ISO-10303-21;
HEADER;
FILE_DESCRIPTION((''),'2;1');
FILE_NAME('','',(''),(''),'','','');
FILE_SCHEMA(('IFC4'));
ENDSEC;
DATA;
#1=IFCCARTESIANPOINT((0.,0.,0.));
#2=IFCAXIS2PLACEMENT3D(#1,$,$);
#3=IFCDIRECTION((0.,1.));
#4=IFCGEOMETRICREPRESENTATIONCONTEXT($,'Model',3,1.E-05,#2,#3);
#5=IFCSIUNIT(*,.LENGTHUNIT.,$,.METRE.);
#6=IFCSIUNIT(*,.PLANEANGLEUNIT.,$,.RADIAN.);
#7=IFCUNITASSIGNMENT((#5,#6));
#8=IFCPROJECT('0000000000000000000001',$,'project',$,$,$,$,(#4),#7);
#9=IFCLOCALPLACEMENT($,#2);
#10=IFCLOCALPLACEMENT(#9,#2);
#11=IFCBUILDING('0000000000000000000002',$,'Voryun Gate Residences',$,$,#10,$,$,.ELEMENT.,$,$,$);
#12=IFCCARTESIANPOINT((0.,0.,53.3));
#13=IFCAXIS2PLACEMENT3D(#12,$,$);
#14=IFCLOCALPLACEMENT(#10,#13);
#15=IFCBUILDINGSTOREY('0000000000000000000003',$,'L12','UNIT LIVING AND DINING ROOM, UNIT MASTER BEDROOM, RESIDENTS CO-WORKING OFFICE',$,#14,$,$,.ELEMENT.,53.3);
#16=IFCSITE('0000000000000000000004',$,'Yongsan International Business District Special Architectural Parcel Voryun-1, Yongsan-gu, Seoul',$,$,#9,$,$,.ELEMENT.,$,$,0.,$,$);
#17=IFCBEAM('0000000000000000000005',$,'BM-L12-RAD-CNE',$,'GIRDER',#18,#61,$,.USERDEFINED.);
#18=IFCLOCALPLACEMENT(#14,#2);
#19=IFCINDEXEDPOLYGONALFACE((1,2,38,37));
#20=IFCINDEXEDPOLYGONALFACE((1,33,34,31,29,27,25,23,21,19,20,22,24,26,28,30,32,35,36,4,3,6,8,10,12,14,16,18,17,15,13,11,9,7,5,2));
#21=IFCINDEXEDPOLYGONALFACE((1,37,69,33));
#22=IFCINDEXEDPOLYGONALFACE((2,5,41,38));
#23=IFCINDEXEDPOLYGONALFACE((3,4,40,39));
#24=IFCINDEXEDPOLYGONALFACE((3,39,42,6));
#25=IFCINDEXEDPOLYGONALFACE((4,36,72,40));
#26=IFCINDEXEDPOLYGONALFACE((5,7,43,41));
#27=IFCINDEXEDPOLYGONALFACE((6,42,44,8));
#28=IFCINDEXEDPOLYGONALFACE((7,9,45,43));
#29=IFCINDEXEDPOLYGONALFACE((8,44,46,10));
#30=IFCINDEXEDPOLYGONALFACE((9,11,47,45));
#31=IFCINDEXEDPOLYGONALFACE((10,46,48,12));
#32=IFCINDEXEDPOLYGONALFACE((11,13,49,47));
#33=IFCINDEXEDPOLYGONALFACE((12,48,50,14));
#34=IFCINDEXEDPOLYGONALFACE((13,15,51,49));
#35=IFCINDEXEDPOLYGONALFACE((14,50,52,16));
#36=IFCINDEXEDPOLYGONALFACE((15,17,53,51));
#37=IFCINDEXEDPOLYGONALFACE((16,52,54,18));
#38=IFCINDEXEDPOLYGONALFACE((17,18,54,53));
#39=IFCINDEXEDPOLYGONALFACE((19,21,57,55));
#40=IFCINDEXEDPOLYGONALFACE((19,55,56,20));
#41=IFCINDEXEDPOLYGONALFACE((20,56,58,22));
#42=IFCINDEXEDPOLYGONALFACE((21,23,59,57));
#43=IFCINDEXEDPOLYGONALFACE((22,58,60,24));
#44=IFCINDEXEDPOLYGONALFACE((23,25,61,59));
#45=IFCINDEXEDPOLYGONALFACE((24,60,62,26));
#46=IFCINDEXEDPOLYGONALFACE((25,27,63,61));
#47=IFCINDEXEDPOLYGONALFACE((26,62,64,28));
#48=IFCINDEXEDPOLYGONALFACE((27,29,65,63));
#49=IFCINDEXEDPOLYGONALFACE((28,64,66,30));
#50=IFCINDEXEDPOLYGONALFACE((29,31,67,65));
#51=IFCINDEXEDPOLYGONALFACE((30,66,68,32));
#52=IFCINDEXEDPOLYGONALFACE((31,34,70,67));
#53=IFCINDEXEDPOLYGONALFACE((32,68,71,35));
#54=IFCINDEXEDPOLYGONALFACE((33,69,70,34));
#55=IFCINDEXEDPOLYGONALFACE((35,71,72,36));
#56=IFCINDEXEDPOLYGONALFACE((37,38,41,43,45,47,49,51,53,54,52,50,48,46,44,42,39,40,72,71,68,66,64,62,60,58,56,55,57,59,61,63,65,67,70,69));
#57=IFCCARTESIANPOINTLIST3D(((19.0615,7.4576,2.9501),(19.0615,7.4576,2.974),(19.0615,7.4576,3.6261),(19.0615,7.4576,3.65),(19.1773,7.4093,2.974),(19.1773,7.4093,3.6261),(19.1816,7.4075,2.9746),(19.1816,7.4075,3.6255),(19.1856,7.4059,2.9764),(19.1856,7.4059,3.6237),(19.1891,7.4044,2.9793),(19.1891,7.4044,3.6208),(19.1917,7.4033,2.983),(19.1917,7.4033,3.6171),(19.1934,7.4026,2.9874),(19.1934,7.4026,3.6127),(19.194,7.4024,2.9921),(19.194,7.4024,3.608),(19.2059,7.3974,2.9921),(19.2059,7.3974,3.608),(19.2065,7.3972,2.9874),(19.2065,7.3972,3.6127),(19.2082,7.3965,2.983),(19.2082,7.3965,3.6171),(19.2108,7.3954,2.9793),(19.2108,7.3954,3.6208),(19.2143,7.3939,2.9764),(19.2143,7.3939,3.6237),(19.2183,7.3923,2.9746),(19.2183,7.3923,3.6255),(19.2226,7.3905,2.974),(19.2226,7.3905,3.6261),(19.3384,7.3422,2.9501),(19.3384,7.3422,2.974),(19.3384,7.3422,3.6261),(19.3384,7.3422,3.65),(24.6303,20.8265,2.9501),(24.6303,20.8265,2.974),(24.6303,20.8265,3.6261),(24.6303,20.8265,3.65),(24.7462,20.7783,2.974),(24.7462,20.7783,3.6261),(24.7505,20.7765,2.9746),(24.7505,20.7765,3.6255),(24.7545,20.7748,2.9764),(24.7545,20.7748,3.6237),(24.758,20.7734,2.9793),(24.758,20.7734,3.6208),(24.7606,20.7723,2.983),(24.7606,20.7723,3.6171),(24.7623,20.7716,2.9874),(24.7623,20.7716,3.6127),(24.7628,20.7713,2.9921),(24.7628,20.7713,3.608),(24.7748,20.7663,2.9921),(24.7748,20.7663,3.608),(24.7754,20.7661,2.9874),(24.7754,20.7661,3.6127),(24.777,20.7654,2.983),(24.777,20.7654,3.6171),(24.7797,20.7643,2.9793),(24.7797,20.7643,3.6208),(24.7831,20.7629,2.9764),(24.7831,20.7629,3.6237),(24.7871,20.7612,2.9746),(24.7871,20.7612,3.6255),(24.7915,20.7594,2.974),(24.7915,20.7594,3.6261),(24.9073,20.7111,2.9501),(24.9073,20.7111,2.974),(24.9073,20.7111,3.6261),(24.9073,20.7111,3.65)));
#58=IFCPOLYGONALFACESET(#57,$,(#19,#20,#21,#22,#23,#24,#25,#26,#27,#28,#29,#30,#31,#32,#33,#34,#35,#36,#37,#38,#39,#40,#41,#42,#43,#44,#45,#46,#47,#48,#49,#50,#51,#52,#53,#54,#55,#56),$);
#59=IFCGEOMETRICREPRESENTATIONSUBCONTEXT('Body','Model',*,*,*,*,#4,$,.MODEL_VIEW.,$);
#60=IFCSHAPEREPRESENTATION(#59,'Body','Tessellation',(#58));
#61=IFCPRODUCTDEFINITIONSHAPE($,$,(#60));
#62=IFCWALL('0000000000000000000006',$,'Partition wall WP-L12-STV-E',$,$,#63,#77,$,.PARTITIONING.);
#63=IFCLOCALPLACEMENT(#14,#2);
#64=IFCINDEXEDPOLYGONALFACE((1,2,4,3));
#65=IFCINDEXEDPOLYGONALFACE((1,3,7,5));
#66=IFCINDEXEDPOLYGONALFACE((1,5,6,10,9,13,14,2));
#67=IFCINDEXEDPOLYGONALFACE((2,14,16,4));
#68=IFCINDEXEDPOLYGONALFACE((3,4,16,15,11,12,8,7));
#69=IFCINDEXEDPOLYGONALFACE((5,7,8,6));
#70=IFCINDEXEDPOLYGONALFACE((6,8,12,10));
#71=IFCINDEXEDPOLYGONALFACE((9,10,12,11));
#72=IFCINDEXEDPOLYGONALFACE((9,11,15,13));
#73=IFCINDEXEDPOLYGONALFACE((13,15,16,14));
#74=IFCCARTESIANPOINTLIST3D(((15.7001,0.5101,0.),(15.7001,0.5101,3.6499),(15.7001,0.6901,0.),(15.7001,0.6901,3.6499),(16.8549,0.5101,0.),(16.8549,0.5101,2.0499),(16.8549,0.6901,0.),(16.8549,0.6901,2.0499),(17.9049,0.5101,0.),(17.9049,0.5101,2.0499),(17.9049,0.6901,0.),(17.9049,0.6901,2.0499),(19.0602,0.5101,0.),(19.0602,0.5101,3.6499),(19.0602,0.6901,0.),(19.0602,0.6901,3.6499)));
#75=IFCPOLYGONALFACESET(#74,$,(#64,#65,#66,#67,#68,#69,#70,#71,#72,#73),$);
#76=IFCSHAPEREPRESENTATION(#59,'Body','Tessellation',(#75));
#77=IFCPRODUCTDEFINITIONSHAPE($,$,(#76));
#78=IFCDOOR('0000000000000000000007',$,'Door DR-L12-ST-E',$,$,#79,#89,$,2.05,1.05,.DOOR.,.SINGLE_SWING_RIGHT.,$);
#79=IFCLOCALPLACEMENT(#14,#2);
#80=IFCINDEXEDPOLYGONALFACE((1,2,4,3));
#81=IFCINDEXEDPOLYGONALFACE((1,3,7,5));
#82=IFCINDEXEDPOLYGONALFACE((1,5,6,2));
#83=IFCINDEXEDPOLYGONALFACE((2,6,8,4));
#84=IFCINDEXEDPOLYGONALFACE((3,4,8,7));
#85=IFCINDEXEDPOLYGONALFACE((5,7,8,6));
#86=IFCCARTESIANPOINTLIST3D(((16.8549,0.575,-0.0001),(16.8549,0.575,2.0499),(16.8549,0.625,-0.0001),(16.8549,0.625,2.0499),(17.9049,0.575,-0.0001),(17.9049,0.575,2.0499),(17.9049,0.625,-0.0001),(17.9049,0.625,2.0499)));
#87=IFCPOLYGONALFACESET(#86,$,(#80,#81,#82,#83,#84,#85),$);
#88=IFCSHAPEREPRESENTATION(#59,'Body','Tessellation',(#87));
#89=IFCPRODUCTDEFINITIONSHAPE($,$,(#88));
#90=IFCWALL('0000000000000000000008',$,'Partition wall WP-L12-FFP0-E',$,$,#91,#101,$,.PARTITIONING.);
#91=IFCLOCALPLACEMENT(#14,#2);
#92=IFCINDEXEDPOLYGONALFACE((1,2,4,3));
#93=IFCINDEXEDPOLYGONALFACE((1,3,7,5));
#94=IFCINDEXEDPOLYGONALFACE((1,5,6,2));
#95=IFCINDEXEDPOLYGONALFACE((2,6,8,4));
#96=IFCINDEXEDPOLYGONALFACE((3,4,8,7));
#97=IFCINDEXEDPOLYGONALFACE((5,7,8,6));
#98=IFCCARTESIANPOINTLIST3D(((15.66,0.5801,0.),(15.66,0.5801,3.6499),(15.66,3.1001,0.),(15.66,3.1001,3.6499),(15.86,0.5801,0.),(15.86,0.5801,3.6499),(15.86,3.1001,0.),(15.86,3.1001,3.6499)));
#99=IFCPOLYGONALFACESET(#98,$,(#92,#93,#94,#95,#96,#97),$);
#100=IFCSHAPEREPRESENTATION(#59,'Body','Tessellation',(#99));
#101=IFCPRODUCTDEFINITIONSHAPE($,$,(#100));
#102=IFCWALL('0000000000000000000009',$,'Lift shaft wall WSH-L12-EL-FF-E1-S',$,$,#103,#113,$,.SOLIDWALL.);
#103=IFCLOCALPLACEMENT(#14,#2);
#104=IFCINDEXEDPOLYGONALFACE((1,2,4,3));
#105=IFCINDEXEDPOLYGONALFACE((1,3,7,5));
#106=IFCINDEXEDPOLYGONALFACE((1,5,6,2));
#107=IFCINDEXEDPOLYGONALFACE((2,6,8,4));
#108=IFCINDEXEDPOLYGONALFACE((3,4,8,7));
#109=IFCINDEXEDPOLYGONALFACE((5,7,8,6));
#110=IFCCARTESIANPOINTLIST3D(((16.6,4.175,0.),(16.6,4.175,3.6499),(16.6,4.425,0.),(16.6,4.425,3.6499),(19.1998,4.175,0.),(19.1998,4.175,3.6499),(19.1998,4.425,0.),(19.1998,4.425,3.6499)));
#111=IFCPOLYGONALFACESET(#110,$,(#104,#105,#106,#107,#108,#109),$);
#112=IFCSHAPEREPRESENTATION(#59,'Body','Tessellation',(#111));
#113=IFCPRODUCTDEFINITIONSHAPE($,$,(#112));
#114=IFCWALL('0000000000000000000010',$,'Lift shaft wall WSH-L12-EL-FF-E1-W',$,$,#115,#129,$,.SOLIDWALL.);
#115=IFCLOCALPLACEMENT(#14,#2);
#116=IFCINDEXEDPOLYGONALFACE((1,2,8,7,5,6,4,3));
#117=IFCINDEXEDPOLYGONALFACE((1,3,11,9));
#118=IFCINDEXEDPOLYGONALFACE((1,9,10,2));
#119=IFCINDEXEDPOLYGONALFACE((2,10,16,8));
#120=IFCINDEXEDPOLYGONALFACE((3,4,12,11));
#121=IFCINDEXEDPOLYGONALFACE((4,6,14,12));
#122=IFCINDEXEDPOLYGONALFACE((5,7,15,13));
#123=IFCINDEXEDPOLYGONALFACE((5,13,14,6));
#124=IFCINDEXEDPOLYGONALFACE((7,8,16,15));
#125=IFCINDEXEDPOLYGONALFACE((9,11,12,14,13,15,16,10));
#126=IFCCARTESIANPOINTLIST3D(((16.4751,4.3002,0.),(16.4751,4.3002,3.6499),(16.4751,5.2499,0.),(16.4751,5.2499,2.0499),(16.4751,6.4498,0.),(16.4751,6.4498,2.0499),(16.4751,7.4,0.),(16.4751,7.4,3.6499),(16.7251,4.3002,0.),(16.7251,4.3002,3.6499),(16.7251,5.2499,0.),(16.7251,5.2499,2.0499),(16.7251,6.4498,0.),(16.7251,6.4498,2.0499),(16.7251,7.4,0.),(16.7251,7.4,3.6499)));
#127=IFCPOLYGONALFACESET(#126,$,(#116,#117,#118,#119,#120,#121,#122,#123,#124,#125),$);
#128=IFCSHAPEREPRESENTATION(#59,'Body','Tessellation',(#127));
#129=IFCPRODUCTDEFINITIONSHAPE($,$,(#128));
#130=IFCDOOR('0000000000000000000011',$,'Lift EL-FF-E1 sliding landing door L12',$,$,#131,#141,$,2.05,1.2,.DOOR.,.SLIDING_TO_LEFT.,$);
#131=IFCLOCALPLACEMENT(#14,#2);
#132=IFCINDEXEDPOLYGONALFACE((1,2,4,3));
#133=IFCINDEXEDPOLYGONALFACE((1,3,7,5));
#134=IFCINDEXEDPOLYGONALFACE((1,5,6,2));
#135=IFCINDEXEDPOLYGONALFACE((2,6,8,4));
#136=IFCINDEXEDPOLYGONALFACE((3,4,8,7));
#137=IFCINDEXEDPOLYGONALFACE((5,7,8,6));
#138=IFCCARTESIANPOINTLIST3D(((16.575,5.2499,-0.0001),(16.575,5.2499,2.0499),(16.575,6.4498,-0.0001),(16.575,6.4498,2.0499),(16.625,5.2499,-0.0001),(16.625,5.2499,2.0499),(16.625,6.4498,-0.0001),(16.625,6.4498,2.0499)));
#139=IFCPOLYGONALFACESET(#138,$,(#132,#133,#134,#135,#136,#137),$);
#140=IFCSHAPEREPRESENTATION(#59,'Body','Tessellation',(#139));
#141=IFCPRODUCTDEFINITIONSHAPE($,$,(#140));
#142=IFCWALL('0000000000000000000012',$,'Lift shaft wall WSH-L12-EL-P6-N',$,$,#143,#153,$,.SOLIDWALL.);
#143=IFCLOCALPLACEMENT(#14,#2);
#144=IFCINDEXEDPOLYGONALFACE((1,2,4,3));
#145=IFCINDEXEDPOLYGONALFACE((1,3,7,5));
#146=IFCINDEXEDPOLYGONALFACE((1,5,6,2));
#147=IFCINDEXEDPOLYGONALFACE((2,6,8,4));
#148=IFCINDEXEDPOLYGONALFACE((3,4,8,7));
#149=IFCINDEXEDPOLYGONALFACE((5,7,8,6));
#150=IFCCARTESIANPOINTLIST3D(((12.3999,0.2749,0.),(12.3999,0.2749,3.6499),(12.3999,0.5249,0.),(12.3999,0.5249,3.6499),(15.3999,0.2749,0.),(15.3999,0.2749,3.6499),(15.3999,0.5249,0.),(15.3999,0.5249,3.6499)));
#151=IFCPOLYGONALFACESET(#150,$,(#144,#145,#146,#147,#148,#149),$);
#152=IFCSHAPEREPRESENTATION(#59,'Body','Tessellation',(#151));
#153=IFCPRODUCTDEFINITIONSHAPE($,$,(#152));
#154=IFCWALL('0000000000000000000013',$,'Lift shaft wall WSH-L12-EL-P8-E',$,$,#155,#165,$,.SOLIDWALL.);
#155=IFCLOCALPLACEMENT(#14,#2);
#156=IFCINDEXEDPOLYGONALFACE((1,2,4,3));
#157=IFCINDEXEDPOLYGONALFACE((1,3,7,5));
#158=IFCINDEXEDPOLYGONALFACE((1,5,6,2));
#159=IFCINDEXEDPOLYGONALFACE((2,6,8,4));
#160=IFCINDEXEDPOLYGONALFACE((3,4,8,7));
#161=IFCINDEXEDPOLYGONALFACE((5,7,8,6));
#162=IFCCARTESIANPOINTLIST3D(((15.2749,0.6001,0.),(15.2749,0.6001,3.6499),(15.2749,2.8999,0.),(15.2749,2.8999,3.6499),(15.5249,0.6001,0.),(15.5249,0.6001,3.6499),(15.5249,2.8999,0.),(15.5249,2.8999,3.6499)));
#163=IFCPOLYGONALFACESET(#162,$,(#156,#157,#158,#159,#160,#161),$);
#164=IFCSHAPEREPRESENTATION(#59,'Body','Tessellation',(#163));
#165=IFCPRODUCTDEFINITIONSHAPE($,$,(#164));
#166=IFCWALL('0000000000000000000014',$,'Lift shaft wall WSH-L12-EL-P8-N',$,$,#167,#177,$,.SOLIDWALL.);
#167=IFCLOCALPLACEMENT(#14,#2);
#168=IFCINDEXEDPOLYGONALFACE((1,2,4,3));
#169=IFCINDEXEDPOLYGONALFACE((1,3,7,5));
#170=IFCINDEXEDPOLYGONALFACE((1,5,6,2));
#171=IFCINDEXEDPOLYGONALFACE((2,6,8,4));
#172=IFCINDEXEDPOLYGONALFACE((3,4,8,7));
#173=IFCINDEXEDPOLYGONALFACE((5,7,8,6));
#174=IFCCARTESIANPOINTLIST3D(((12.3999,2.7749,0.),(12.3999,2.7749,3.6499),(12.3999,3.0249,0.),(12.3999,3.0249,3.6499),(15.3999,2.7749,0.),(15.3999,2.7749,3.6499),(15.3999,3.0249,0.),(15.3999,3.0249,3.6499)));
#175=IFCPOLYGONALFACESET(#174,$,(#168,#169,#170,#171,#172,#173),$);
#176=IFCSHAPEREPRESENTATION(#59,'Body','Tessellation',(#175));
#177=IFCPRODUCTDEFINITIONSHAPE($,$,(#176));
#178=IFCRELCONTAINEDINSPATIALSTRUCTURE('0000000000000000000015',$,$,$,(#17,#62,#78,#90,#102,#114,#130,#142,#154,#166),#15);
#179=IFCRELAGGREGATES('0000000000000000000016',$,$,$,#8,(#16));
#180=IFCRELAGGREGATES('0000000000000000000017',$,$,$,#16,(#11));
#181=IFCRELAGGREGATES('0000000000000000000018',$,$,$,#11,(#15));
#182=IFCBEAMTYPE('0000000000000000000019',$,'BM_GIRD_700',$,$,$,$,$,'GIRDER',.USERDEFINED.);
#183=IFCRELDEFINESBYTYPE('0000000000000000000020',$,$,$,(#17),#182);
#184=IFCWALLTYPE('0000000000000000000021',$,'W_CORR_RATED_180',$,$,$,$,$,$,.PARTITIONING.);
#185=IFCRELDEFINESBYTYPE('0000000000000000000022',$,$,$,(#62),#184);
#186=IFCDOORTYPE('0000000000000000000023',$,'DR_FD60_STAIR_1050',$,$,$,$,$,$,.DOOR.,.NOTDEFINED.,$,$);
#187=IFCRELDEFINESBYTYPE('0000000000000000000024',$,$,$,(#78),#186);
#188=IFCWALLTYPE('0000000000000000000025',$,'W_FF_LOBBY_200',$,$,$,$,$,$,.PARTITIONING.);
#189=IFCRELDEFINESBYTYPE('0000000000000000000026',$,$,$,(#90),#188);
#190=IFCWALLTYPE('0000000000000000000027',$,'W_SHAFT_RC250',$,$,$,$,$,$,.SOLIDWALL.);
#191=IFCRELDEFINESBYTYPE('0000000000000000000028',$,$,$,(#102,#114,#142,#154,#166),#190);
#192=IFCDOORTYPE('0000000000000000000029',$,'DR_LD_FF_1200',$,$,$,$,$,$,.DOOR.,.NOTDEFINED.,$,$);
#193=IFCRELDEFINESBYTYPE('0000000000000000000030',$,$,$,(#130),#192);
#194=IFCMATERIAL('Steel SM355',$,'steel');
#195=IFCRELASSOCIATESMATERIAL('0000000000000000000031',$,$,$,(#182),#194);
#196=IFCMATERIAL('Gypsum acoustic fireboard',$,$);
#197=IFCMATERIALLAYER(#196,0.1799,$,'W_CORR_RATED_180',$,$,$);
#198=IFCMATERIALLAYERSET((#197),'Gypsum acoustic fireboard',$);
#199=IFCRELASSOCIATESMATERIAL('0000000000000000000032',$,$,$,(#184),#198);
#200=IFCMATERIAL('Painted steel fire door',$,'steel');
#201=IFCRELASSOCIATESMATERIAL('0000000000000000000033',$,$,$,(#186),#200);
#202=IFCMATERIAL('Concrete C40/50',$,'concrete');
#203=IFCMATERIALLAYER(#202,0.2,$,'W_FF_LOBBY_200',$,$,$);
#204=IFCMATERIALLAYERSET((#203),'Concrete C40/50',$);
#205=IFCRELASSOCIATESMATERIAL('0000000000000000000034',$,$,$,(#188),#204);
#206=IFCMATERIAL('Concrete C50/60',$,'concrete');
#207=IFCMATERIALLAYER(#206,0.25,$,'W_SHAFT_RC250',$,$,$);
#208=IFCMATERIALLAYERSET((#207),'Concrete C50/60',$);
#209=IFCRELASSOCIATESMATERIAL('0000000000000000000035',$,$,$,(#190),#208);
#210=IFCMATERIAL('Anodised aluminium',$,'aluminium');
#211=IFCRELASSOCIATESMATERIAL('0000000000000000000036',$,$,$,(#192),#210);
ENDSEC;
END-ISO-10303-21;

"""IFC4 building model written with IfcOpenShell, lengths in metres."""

from ifc_helpers import new_model, si_unit, direction, frame, frame_2d, origin, origin_2d, place, context, subcontext, project, spatial, rectangle, i_section, extrude, material, layer, layer_set, material_profile, profile_set, type_object, element, fill, save


model = new_model("IFC4")

# Units and contexts
model_context = context("Model", 3, precision=1e-05, world=origin(), true_north=direction((0.0, 1.0)))
body_context = subcontext(model_context, "Body", "Model", "MODEL_VIEW")
ifc_project = project(units=[si_unit("LENGTHUNIT", "METRE"), si_unit("PLANEANGLEUNIT", "RADIAN")], contexts=[model_context])

# Site, building, storey
site_placement = place(None, origin())
site = spatial("IfcSite", under=ifc_project, at=site_placement, Name="Yongsan International Business District Special Architectural Parcel Voryun-1, Yongsan-gu, Seoul", CompositionType="ELEMENT", RefElevation=0.0)
building_placement = place(site_placement, origin())
building = spatial("IfcBuilding", under=site, at=building_placement, Name="Voryun Gate Residences", CompositionType="ELEMENT")
storey_placement = place(building_placement, frame((0.0, 0.0, 53.3)))
storey = spatial("IfcBuildingStorey", under=building, at=storey_placement, Name="L12", Description="UNIT LIVING AND DINING ROOM, UNIT MASTER BEDROOM, RESIDENTS CO-WORKING OFFICE", CompositionType="ELEMENT", Elevation=53.3)

# Beam
ifc_material_1 = material(Name="Steel SM355", Category="steel")
ifc_material_profile_1 = material_profile(ifc_material_1, i_section(OverallWidth=0.3, OverallDepth=0.7, WebThickness=0.0129, FlangeThickness=0.0239, FilletRadius=0.0181, at=origin_2d()), Name="H-700x300x13x24")
ifc_profile_set_1 = profile_set([ifc_material_profile_1], Name="Steel SM355")
beam_type_1 = type_object("IfcBeamType", Name="BM_GIRD_700", ElementType="GIRDER", PredefinedType="USERDEFINED", material=ifc_profile_set_1)
beam_1_placement = place(storey_placement, frame((19.2, 7.3999, 3.3), z_axis=(0.384526, 0.923114, 0.0), x_axis=(-0.923114, 0.384526, 0.0)))
element("IfcBeam", 1, at=beam_1_placement, inside=storey, type_object=beam_type_1, Name="BM-L12-RAD-CNE", ObjectType="GIRDER", PredefinedType="USERDEFINED", context=body_context, shape_type="SweptSolid", body=[
    extrude(i_section(OverallWidth=0.3, OverallDepth=0.7, WebThickness=0.0129, FlangeThickness=0.0239, FilletRadius=0.0181, at=origin_2d()), origin(), (0.0, 0.0, 1.0), 14.4824),
])

# Wall, opening, door
ifc_material_2 = material(Name="Gypsum acoustic fireboard")
ifc_layer_1 = layer(ifc_material_2, 0.1799, Name="W_CORR_RATED_180")
ifc_layer_set_1 = layer_set([ifc_layer_1], Name="Gypsum acoustic fireboard")
wall_type_1 = type_object("IfcWallType", Name="W_CORR_RATED_180", PredefinedType="PARTITIONING", material=ifc_layer_set_1)
wall_1_placement = place(storey_placement, frame((15.7, 0.6001, 0.0), z_axis=(0.0, 0.0, 1.0), x_axis=(1.0, 0.0, 0.0)))
wall_1 = element("IfcWall", 2, at=wall_1_placement, inside=storey, type_object=wall_type_1, Name="Partition wall WP-L12-STV-E", PredefinedType="PARTITIONING", context=body_context, shape_type="SweptSolid", body=[
    extrude(rectangle(XDim=3.3601, YDim=0.1799, at=frame_2d((1.6802, 0.0))), origin(), (0.0, 0.0, 1.0), 3.6499),
])
opening_1_placement = place(wall_1_placement, frame((1.155, 0.0, 0.0)))
opening_1 = element("IfcOpeningElement", 3, at=opening_1_placement, cuts=wall_1, PredefinedType="OPENING", context=body_context, shape_type="SweptSolid", body=[
    extrude(rectangle(XDim=1.05, YDim=2.05, at=frame_2d((0.5249, 1.0249))), frame((0.0, 0.0999, 0.0), z_axis=(0.0, -1.0, 0.0), x_axis=(1.0, 0.0, 0.0)), (0.0, 0.0, 1.0), 0.2),
])
ifc_material_3 = material(Name="Painted steel fire door", Category="steel")
door_type_1 = type_object("IfcDoorType", Name="DR_FD60_STAIR_1050", OperationType="NOTDEFINED", PredefinedType="DOOR", material=ifc_material_3)
door_1_placement = place(opening_1_placement, origin())
door_1 = element("IfcDoor", 4, at=door_1_placement, inside=storey, type_object=door_type_1, Name="Door DR-L12-ST-E", OperationType="SINGLE_SWING_RIGHT", OverallHeight=2.05, OverallWidth=1.05, PredefinedType="DOOR", context=body_context, shape_type="SweptSolid", body=[
    extrude(rectangle(XDim=1.05, YDim=2.05, at=frame_2d((0.5249, 1.0249))), frame((0.0, 0.0249, 0.0), z_axis=(0.0, -1.0, 0.0), x_axis=(1.0, 0.0, 0.0)), (0.0, 0.0, 1.0), 0.05),
])
fill(opening_1, door_1)

# Walls
ifc_material_4 = material(Name="Concrete C40/50", Category="concrete")
ifc_layer_2 = layer(ifc_material_4, 0.2, Name="W_FF_LOBBY_200")
ifc_layer_set_2 = layer_set([ifc_layer_2], Name="Concrete C40/50")
wall_type_2 = type_object("IfcWallType", Name="W_FF_LOBBY_200", PredefinedType="PARTITIONING", material=ifc_layer_set_2)
wall_2_placement = place(storey_placement, frame((15.76, 0.5801, 0.0), z_axis=(0.0, 0.0, 1.0), x_axis=(0.0, 1.0, 0.0)))
element("IfcWall", 5, at=wall_2_placement, inside=storey, type_object=wall_type_2, Name="Partition wall WP-L12-FFP0-E", PredefinedType="PARTITIONING", context=body_context, shape_type="SweptSolid", body=[
    extrude(rectangle(XDim=2.52, YDim=0.2, at=frame_2d((1.26, 0.0))), origin(), (0.0, 0.0, 1.0), 3.6499),
])
ifc_material_5 = material(Name="Concrete C50/60", Category="concrete")
ifc_layer_3 = layer(ifc_material_5, 0.25, Name="W_SHAFT_RC250")
ifc_layer_set_3 = layer_set([ifc_layer_3], Name="Concrete C50/60")
wall_type_3 = type_object("IfcWallType", Name="W_SHAFT_RC250", PredefinedType="SOLIDWALL", material=ifc_layer_set_3)
wall_3_placement = place(storey_placement, frame((16.6001, 4.3, 0.0), z_axis=(0.0, 0.0, 1.0), x_axis=(1.0, 0.0, 0.0)))
element("IfcWall", 6, at=wall_3_placement, inside=storey, type_object=wall_type_3, Name="Lift shaft wall WSH-L12-EL-FF-E1-S", PredefinedType="SOLIDWALL", context=body_context, shape_type="SweptSolid", body=[
    extrude(rectangle(XDim=2.5999, YDim=0.25, at=frame_2d((1.2998, 0.0))), origin(), (0.0, 0.0, 1.0), 3.6499),
])

# Wall, opening, door
wall_4_placement = place(storey_placement, frame((16.6001, 7.3999, 0.0), z_axis=(0.0, 0.0, 1.0), x_axis=(0.0, -1.0, 0.0)))
wall_4 = element("IfcWall", 7, at=wall_4_placement, inside=storey, type_object=wall_type_3, Name="Lift shaft wall WSH-L12-EL-FF-E1-W", PredefinedType="SOLIDWALL", context=body_context, shape_type="SweptSolid", body=[
    extrude(rectangle(XDim=3.0999, YDim=0.25, at=frame_2d((1.5498, 0.0))), origin(), (0.0, 0.0, 1.0), 3.6499),
])
opening_2_placement = place(wall_4_placement, frame((0.95, 0.0, 0.0)))
opening_2 = element("IfcOpeningElement", 8, at=opening_2_placement, cuts=wall_4, PredefinedType="OPENING", context=body_context, shape_type="SweptSolid", body=[
    extrude(rectangle(XDim=1.2, YDim=2.05, at=frame_2d((0.6001, 1.0249))), frame((0.0, 0.135, 0.0), z_axis=(0.0, -1.0, 0.0), x_axis=(1.0, 0.0, 0.0)), (0.0, 0.0, 1.0), 0.27),
])
ifc_material_6 = material(Name="Anodised aluminium", Category="aluminium")
door_type_2 = type_object("IfcDoorType", Name="DR_LD_FF_1200", OperationType="NOTDEFINED", PredefinedType="DOOR", material=ifc_material_6)
door_2_placement = place(opening_2_placement, origin())
door_2 = element("IfcDoor", 9, at=door_2_placement, inside=storey, type_object=door_type_2, Name="Lift EL-FF-E1 sliding landing door L12", OperationType="SLIDING_TO_LEFT", OverallHeight=2.05, OverallWidth=1.2, PredefinedType="DOOR", context=body_context, shape_type="SweptSolid", body=[
    extrude(rectangle(XDim=1.2, YDim=2.05, at=frame_2d((0.6001, 1.0249))), frame((0.0, 0.0249, 0.0), z_axis=(0.0, -1.0, 0.0), x_axis=(1.0, 0.0, 0.0)), (0.0, 0.0, 1.0), 0.05),
])
fill(opening_2, door_2)

# Walls
wall_5_placement = place(storey_placement, frame((15.3999, 0.3999, 0.0), z_axis=(0.0, 0.0, 1.0), x_axis=(-1.0, 0.0, 0.0)))
element("IfcWall", 10, at=wall_5_placement, inside=storey, type_object=wall_type_3, Name="Lift shaft wall WSH-L12-EL-P6-N", PredefinedType="SOLIDWALL", context=body_context, shape_type="SweptSolid", body=[
    extrude(rectangle(XDim=3.0, YDim=0.25, at=frame_2d((1.5, 0.0))), origin(), (0.0, 0.0, 1.0), 3.6499),
])
wall_6_placement = place(storey_placement, frame((15.3999, 0.6001, 0.0), z_axis=(0.0, 0.0, 1.0), x_axis=(0.0, 1.0, 0.0)))
element("IfcWall", 11, at=wall_6_placement, inside=storey, type_object=wall_type_3, Name="Lift shaft wall WSH-L12-EL-P8-E", PredefinedType="SOLIDWALL", context=body_context, shape_type="SweptSolid", body=[
    extrude(rectangle(XDim=2.2998, YDim=0.25, at=frame_2d((1.1499, 0.0))), origin(), (0.0, 0.0, 1.0), 3.6499),
])
wall_7_placement = place(storey_placement, frame((15.3999, 2.8999, 0.0), z_axis=(0.0, 0.0, 1.0), x_axis=(-1.0, 0.0, 0.0)))
element("IfcWall", 12, at=wall_7_placement, inside=storey, type_object=wall_type_3, Name="Lift shaft wall WSH-L12-EL-P8-N", PredefinedType="SOLIDWALL", context=body_context, shape_type="SweptSolid", body=[
    extrude(rectangle(XDim=3.0, YDim=0.25, at=frame_2d((1.5, 0.0))), origin(), (0.0, 0.0, 1.0), 3.6499),
])

save(model, "model.ifc")
